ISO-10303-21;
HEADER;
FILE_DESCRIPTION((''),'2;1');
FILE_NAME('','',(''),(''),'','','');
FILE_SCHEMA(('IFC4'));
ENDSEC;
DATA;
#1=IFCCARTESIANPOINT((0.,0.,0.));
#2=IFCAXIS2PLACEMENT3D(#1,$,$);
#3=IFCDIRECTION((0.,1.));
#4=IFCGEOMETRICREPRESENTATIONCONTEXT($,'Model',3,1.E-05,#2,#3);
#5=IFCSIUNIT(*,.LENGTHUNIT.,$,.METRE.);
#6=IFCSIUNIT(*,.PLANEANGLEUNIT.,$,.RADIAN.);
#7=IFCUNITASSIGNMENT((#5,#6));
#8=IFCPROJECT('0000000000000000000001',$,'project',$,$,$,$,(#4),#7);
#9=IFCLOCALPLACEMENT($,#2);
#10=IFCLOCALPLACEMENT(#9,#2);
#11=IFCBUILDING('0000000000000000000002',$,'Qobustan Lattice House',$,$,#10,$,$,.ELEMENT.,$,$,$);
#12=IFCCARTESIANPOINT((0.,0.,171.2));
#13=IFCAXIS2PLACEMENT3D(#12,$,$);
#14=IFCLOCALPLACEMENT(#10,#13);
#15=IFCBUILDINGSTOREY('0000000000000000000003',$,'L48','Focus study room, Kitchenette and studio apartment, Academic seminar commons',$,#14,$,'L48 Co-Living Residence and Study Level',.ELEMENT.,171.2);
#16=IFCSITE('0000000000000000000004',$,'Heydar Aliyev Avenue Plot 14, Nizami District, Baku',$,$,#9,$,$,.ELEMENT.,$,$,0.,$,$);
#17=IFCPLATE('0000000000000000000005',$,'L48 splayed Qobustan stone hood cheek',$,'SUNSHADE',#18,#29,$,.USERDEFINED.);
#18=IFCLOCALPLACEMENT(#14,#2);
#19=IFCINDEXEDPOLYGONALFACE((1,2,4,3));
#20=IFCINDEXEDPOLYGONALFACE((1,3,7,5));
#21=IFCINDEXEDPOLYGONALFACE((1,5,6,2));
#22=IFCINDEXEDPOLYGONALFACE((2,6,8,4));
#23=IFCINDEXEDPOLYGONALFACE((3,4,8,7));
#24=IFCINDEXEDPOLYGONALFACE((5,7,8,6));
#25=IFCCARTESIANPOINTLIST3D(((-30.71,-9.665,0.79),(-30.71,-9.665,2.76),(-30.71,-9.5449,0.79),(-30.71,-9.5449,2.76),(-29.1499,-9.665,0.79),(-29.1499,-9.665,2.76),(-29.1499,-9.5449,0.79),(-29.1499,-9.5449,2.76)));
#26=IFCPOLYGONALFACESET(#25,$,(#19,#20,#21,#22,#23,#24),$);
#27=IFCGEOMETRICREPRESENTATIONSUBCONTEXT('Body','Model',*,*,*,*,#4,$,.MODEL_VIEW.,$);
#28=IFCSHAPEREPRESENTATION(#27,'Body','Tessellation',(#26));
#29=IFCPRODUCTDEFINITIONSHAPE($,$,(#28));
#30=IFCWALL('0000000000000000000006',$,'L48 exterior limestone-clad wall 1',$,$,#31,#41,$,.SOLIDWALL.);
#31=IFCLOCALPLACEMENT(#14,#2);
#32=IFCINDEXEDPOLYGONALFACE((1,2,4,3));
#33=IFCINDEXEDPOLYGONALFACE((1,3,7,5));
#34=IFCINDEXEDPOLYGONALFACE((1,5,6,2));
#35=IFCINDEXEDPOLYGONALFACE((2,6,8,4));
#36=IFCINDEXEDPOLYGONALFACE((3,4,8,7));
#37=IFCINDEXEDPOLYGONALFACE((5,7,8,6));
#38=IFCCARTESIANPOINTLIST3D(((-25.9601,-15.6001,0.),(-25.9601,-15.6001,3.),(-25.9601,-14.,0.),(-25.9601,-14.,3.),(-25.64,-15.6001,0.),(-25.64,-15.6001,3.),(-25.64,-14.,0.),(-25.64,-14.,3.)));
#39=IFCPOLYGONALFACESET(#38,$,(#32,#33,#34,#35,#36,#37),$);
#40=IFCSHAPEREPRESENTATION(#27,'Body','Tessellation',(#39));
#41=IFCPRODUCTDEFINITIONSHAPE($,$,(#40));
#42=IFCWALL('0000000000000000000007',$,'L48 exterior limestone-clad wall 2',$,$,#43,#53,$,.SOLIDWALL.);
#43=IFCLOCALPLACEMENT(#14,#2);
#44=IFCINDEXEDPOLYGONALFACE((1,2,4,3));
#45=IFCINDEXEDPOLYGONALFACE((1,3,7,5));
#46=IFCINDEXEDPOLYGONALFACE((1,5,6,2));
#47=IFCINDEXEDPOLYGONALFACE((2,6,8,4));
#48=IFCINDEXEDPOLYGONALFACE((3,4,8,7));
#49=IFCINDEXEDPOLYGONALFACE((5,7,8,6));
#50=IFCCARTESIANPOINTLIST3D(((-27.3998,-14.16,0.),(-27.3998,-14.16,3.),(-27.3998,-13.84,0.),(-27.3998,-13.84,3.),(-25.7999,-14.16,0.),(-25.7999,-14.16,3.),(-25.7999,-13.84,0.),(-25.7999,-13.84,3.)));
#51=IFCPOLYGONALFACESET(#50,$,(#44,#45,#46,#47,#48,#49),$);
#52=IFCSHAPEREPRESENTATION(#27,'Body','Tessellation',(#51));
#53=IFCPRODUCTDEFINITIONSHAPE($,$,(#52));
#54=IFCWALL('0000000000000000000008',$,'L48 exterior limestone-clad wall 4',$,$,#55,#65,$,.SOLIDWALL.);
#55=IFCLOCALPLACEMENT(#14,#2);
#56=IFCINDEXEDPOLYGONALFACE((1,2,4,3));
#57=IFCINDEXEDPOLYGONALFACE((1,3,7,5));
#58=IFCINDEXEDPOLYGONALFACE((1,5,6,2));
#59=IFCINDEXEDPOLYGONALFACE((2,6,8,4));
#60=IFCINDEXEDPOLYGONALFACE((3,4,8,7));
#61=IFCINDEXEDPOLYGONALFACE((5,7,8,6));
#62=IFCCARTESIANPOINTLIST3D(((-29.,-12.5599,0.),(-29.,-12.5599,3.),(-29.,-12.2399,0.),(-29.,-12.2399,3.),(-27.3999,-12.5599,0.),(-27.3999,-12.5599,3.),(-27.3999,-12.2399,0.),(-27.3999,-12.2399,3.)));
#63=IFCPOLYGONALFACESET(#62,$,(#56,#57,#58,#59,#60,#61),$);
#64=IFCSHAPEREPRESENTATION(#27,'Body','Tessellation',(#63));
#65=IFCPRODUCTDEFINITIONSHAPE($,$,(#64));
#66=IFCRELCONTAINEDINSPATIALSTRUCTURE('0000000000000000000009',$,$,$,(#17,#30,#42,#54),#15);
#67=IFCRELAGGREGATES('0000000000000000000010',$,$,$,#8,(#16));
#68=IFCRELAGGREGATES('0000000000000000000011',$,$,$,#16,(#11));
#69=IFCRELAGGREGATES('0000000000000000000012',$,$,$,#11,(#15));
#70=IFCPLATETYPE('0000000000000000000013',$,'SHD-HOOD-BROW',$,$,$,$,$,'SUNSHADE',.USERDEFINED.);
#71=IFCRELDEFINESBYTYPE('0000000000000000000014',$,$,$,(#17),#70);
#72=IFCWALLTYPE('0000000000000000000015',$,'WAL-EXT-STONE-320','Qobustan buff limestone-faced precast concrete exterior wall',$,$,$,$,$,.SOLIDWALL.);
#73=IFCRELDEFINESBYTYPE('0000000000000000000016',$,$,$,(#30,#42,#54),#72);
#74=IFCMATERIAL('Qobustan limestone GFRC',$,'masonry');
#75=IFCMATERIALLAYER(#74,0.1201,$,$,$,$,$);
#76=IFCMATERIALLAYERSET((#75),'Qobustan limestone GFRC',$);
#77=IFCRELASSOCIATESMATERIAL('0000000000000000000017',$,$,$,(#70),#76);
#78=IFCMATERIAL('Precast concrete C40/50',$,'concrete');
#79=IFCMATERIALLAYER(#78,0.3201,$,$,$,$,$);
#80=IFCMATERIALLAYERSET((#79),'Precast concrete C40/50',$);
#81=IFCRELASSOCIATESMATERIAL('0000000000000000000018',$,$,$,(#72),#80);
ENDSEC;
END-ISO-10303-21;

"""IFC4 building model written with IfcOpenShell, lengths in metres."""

from ifc_helpers import new_model, si_unit, direction, frame, frame_2d, origin, origin_2d, place, context, subcontext, project, spatial, rectangle, extrude, material, layer, layer_set, type_object, element, save


model = new_model("IFC4")

# Units and contexts
model_context = context("Model", 3, precision=1e-05, world=origin(), true_north=direction((0.0, 1.0)))
body_context = subcontext(model_context, "Body", "Model", "MODEL_VIEW")
ifc_project = project(units=[si_unit("LENGTHUNIT", "METRE"), si_unit("PLANEANGLEUNIT", "RADIAN")], contexts=[model_context])

# Site, building, storey
site_placement = place(None, origin())
site = spatial("IfcSite", under=ifc_project, at=site_placement, Name="Heydar Aliyev Avenue Plot 14, Nizami District, Baku", CompositionType="ELEMENT", RefElevation=0.0)
building_placement = place(site_placement, origin())
building = spatial("IfcBuilding", under=site, at=building_placement, Name="Qobustan Lattice House", CompositionType="ELEMENT")
storey_placement = place(building_placement, frame((0.0, 0.0, 171.2)))
storey = spatial("IfcBuildingStorey", under=building, at=storey_placement, Name="L48", Description="Focus study room, Kitchenette and studio apartment, Academic seminar commons", LongName="L48 Co-Living Residence and Study Level", CompositionType="ELEMENT", Elevation=171.2)

# Plate
ifc_material_1 = material(Name="Qobustan limestone GFRC", Category="masonry")
ifc_layer_1 = layer(ifc_material_1, 0.1201)
ifc_layer_set_1 = layer_set([ifc_layer_1], Name="Qobustan limestone GFRC")
plate_type_1 = type_object("IfcPlateType", Name="SHD-HOOD-BROW", ElementType="SUNSHADE", PredefinedType="USERDEFINED", material=ifc_layer_set_1)
plate_1_placement = place(storey_placement, frame((-29.9299, -9.605, 0.79), z_axis=(0.0, 0.0, 1.0), x_axis=(0.0, 1.0, 0.0)))
element("IfcPlate", 1, at=plate_1_placement, inside=storey, type_object=plate_type_1, Name="L48 splayed Qobustan stone hood cheek", ObjectType="SUNSHADE", PredefinedType="USERDEFINED", context=body_context, shape_type="SweptSolid", body=[
    extrude(rectangle(XDim=0.1201, YDim=1.5601, at=origin_2d()), origin(), (0.0, 0.0, 1.0), 1.97),
])

# Walls
ifc_material_2 = material(Name="Precast concrete C40/50", Category="concrete")
ifc_layer_2 = layer(ifc_material_2, 0.3201)
ifc_layer_set_2 = layer_set([ifc_layer_2], Name="Precast concrete C40/50")
wall_type = type_object("IfcWallType", Name="WAL-EXT-STONE-320", Description="Qobustan buff limestone-faced precast concrete exterior wall", PredefinedType="SOLIDWALL", material=ifc_layer_set_2)
wall_1_placement = place(storey_placement, frame((-25.8, -15.6001, 0.0), z_axis=(0.0, 0.0, 1.0), x_axis=(0.0, 1.0, 0.0)))
element("IfcWall", 2, at=wall_1_placement, inside=storey, type_object=wall_type, Name="L48 exterior limestone-clad wall 1", PredefinedType="SOLIDWALL", context=body_context, shape_type="SweptSolid", body=[
    extrude(rectangle(XDim=1.6001, YDim=0.3201, at=frame_2d((0.8, 0.0))), origin(), (0.0, 0.0, 1.0), 3.0),
])
wall_2_placement = place(storey_placement, frame((-25.8, -14.0, 0.0), z_axis=(0.0, 0.0, 1.0), x_axis=(-1.0, 0.0, 0.0)))
element("IfcWall", 3, at=wall_2_placement, inside=storey, type_object=wall_type, Name="L48 exterior limestone-clad wall 2", PredefinedType="SOLIDWALL", context=body_context, shape_type="SweptSolid", body=[
    extrude(rectangle(XDim=1.5999, YDim=0.3201, at=frame_2d((0.7998, 0.0))), origin(), (0.0, 0.0, 1.0), 3.0),
])
wall_3_placement = place(storey_placement, frame((-27.3999, -12.3999, 0.0), z_axis=(0.0, 0.0, 1.0), x_axis=(-1.0, 0.0, 0.0)))
element("IfcWall", 4, at=wall_3_placement, inside=storey, type_object=wall_type, Name="L48 exterior limestone-clad wall 4", PredefinedType="SOLIDWALL", context=body_context, shape_type="SweptSolid", body=[
    extrude(rectangle(XDim=1.6001, YDim=0.3201, at=frame_2d((0.8, 0.0))), origin(), (0.0, 0.0, 1.0), 3.0),
])

save(model, "model.ifc")
